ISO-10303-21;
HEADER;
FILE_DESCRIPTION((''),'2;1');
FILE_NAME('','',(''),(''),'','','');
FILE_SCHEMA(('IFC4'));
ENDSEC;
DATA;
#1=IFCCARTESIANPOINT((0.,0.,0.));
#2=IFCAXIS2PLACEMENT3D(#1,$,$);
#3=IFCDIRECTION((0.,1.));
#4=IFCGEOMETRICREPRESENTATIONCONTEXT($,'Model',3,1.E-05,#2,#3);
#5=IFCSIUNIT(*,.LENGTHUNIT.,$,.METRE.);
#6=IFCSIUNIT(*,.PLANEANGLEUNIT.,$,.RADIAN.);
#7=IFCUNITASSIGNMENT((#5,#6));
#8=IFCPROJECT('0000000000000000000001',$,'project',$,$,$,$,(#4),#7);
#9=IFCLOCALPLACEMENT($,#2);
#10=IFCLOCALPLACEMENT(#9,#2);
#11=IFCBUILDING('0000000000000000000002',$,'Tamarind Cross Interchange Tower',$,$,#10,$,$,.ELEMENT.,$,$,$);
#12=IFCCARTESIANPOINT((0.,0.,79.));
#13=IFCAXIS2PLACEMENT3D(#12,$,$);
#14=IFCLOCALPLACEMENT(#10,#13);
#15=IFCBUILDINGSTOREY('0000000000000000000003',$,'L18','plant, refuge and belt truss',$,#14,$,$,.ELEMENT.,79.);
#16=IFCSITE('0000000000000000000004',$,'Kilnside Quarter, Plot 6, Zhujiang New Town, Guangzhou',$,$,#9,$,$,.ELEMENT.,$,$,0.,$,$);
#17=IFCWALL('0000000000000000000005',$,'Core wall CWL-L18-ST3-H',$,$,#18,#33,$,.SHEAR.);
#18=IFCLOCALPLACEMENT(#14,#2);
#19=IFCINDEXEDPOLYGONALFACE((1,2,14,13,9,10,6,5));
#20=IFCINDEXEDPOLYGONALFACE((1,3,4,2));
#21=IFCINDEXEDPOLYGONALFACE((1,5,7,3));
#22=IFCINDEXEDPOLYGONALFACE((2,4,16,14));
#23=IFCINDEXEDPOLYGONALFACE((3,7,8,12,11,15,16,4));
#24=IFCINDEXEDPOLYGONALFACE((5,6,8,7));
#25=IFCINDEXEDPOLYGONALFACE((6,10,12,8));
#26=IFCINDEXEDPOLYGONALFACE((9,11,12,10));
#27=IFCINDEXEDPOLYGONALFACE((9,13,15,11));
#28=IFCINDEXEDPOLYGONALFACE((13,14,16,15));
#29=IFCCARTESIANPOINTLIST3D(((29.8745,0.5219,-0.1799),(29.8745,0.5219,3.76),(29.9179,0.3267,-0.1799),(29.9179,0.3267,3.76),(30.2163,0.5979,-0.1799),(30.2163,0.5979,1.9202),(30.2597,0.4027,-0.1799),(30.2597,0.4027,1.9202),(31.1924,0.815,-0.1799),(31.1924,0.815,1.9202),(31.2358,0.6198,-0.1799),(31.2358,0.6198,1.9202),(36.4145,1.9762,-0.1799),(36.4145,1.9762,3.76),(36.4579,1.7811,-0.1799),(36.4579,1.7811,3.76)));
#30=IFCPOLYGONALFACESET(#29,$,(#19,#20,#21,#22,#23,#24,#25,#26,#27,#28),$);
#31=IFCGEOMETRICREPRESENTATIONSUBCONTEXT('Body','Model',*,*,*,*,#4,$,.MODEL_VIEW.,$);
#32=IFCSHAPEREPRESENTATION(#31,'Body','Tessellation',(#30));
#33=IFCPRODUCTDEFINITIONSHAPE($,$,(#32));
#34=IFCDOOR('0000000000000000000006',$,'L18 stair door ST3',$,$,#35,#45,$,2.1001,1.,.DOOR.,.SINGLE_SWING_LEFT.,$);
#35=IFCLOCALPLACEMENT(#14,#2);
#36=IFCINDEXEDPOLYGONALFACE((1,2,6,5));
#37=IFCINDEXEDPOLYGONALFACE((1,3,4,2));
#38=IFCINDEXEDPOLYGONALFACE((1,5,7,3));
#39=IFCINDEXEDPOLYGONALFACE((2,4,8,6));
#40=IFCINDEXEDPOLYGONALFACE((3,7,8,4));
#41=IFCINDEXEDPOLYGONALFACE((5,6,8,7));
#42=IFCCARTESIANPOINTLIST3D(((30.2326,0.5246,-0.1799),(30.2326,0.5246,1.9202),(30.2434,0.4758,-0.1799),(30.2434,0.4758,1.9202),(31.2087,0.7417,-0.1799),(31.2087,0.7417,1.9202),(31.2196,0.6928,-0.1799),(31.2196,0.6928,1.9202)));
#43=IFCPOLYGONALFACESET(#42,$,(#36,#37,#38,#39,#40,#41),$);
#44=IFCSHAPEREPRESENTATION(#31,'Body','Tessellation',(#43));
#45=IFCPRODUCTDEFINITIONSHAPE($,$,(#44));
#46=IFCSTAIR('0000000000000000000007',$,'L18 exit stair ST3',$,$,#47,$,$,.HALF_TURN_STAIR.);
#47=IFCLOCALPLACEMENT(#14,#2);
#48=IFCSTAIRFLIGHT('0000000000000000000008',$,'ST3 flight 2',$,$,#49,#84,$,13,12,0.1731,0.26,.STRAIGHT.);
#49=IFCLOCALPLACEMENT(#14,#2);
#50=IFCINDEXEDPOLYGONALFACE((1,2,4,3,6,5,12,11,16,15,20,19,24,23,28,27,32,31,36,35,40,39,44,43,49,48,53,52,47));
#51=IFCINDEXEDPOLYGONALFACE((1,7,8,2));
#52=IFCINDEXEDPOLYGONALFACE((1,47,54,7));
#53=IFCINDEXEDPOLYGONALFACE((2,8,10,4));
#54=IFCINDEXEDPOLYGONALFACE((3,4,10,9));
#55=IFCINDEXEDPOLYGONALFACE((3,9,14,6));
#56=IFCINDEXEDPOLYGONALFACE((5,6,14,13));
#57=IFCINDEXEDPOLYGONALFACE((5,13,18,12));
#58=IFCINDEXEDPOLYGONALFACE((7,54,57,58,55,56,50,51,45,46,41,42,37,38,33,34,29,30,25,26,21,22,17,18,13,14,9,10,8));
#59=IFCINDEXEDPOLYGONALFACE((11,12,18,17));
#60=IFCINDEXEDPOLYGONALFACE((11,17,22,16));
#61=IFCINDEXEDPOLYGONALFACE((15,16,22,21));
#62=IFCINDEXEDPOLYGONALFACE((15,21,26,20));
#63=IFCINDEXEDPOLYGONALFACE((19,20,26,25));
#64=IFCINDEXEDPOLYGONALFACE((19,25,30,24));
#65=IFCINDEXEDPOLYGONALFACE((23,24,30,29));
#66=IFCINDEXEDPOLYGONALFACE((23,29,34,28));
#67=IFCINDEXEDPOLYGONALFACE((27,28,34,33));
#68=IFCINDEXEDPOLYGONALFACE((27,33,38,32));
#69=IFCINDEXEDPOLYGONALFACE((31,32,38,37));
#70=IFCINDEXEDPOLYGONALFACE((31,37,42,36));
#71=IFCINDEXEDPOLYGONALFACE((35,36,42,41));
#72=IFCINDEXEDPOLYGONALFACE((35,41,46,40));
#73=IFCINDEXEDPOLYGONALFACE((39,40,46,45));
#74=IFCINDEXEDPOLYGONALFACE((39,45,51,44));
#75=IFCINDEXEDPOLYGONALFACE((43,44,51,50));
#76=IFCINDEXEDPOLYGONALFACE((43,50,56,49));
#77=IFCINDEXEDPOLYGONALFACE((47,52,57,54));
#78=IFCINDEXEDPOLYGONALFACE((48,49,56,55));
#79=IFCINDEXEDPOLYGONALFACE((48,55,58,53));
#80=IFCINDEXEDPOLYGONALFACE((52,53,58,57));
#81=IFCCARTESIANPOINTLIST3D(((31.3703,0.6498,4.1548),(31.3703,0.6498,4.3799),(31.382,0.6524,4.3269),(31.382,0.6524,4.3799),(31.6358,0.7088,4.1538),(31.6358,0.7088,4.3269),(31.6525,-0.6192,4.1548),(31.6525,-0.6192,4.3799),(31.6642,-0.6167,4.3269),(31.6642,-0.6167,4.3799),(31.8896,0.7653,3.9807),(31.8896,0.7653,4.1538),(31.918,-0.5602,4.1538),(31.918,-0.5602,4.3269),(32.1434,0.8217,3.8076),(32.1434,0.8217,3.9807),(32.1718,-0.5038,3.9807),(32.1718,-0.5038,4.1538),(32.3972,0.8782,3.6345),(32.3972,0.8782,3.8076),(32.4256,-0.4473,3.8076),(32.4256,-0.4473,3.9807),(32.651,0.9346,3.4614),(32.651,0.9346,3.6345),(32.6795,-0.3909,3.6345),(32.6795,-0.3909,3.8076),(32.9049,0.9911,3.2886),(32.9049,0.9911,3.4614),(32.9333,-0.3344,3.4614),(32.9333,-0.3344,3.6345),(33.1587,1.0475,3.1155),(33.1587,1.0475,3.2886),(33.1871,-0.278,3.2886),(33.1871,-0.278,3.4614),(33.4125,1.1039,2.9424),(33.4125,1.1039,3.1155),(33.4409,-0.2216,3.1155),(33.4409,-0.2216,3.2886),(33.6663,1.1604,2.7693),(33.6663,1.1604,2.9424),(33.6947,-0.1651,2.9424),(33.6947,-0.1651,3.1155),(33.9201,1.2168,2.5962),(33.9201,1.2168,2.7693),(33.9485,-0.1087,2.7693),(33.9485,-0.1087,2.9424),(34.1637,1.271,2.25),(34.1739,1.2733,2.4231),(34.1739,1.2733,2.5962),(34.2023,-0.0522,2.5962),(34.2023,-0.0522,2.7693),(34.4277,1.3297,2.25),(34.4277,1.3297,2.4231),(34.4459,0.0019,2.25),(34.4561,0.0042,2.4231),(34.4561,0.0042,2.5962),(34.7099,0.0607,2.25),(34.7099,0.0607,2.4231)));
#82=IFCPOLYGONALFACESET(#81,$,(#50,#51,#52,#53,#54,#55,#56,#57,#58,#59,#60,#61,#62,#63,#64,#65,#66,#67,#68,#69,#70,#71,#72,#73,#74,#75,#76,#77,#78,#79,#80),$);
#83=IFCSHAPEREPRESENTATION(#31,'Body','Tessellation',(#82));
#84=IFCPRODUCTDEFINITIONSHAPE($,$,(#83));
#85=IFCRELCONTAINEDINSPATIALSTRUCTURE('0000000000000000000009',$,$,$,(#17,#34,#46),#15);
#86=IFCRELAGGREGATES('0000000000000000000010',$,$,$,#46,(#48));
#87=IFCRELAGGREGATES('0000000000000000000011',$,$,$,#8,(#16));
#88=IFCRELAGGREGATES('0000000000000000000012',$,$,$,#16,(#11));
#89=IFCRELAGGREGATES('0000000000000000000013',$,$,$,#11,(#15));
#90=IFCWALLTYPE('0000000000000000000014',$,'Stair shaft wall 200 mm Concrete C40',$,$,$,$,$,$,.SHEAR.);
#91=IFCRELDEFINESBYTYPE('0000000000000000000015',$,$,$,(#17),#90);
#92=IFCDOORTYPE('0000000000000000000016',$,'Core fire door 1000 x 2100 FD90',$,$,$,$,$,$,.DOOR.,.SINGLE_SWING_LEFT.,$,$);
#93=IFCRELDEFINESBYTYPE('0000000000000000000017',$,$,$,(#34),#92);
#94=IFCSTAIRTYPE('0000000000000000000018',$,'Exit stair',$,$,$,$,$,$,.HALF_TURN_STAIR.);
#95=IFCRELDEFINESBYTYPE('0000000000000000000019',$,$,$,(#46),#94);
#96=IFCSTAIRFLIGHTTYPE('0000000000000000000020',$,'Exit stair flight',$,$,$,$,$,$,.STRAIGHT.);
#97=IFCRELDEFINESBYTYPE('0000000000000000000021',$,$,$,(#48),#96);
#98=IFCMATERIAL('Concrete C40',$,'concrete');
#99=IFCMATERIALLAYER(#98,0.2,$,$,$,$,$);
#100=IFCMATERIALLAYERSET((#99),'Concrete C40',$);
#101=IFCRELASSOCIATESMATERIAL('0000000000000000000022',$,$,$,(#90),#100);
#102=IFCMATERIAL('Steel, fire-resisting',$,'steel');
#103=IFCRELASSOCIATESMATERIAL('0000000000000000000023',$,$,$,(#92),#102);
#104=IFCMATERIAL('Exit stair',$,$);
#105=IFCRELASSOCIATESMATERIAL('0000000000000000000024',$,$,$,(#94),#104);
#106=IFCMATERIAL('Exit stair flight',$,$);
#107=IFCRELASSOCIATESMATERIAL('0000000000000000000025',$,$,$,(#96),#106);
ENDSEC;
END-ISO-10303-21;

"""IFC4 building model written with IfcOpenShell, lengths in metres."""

from ifc_helpers import new_model, si_unit, direction, frame, frame_2d, origin, place, context, subcontext, project, spatial, polyline, rectangle, outline, extrude, material, layer, layer_set, type_object, element, fill, aggregate, save


model = new_model("IFC4")

# Units and contexts
model_context = context("Model", 3, precision=1e-05, world=origin(), true_north=direction((0.0, 1.0)))
body_context = subcontext(model_context, "Body", "Model", "MODEL_VIEW")
ifc_project = project(units=[si_unit("LENGTHUNIT", "METRE"), si_unit("PLANEANGLEUNIT", "RADIAN")], contexts=[model_context])

# Site, building, storey
site_placement = place(None, origin())
site = spatial("IfcSite", under=ifc_project, at=site_placement, Name="Kilnside Quarter, Plot 6, Zhujiang New Town, Guangzhou", CompositionType="ELEMENT", RefElevation=0.0)
building_placement = place(site_placement, origin())
building = spatial("IfcBuilding", under=site, at=building_placement, Name="Tamarind Cross Interchange Tower", CompositionType="ELEMENT")
storey_placement = place(building_placement, frame((0.0, 0.0, 79.0)))
storey = spatial("IfcBuildingStorey", under=building, at=storey_placement, Name="L18", Description="plant, refuge and belt truss", CompositionType="ELEMENT", Elevation=79.0)

# Wall, opening, door
ifc_material_1 = material(Name="Concrete C40", Category="concrete")
ifc_layer_1 = layer(ifc_material_1, 0.2)
ifc_layer_set_1 = layer_set([ifc_layer_1], Name="Concrete C40")
wall_type_1 = type_object("IfcWallType", Name="Stair shaft wall 200 mm Concrete C40", PredefinedType="SHEAR", material=ifc_layer_set_1)
wall_1_placement = place(storey_placement, frame((29.8962, 0.4243, -0.1799), z_axis=(0.0, 0.0, 1.0), x_axis=(0.976155, 0.217073, 0.0)))
wall_1 = element("IfcWall", 1, at=wall_1_placement, inside=storey, type_object=wall_type_1, Name="Core wall CWL-L18-ST3-H", PredefinedType="SHEAR", context=body_context, shape_type="SweptSolid", body=[
    extrude(rectangle(XDim=6.6997, YDim=0.2, at=frame_2d((3.3499, 0.0))), origin(), (0.0, 0.0, 1.0), 3.9399),
])
opening_1_placement = place(wall_1_placement, frame((0.3501, 0.0, 0.0)))
opening_1 = element("IfcOpeningElement", 2, at=opening_1_placement, cuts=wall_1, PredefinedType="OPENING", context=body_context, shape_type="SweptSolid", body=[
    extrude(rectangle(XDim=1.0, YDim=2.1001, at=frame_2d((0.5, 1.05))), frame((0.0, 0.1099, 0.0), z_axis=(0.0, -1.0, 0.0), x_axis=(1.0, 0.0, 0.0)), (0.0, 0.0, 1.0), 0.22),
])
ifc_material_2 = material(Name="Steel, fire-resisting", Category="steel")
door_type_1 = type_object("IfcDoorType", Name="Core fire door 1000 x 2100 FD90", OperationType="SINGLE_SWING_LEFT", PredefinedType="DOOR", material=ifc_material_2)
door_1_placement = place(opening_1_placement, origin())
door_1 = element("IfcDoor", 3, at=door_1_placement, inside=storey, type_object=door_type_1, Name="L18 stair door ST3", OperationType="SINGLE_SWING_LEFT", OverallHeight=2.1001, OverallWidth=1.0, PredefinedType="DOOR", context=body_context, shape_type="SweptSolid", body=[
    extrude(rectangle(XDim=1.0, YDim=2.1001, at=frame_2d((0.5, 1.05))), frame((0.0, 0.0249, 0.0), z_axis=(0.0, -1.0, 0.0), x_axis=(1.0, 0.0, 0.0)), (0.0, 0.0, 1.0), 0.05),
])
fill(opening_1, door_1)

# Stair, stair flight
ifc_material_3 = material(Name="Exit stair")
stair_type = type_object("IfcStairType", Name="Exit stair", PredefinedType="HALF_TURN_STAIR", material=ifc_material_3)
stair_placement = place(storey_placement, origin())
stair = element("IfcStair", 4, at=stair_placement, inside=storey, type_object=stair_type, Name="L18 exit stair ST3", PredefinedType="HALF_TURN_STAIR")
ifc_material_4 = material(Name="Exit stair flight")
stair_flight_type = type_object("IfcStairFlightType", Name="Exit stair flight", PredefinedType="STRAIGHT", material=ifc_material_4)
stair_flight_placement = place(storey_placement, frame((34.5688, 0.6951, 2.25), z_axis=(0.0, 0.0, 1.0), x_axis=(-0.976154, -0.21708, 0.0)))
stair_flight = element("IfcStairFlight", 5, at=stair_flight_placement, type_object=stair_flight_type, Name="ST3 flight 2", NumberOfRisers=13, NumberOfTreads=12, PredefinedType="STRAIGHT", RiserHeight=0.1731, TreadLength=0.26, context=body_context, shape_type="SweptSolid", body=[
    extrude(outline(polyline([(0.0, 0.0), (0.0, 0.1731), (0.26, 0.1731), (0.26, 0.3462), (0.52, 0.3462), (0.52, 0.5193), (0.78, 0.5193), (0.78, 0.6924), (1.04, 0.6924), (1.04, 0.8655), (1.3, 0.8655), (1.3, 1.0386), (1.5601, 1.0386), (1.5601, 1.2114), (1.8201, 1.2114), (1.8201, 1.3845), (2.0801, 1.3845), (2.0801, 1.5576), (2.3401, 1.5576), (2.3401, 1.7307), (2.6001, 1.7307), (2.6001, 1.9038), (2.8601, 1.9038), (2.8601, 2.0769), (3.1201, 2.0769), (3.1201, 2.1299), (3.1321, 2.1299), (3.1321, 1.9048), (0.2705, 0.0), (0.0, 0.0)])), frame((0.0, 0.6499, 0.0), z_axis=(0.0, -1.0, 0.0), x_axis=(1.0, 0.0, 0.0)), (0.0, 0.0, 1.0), 1.3),
])
aggregate(stair, [stair_flight])

save(model, "model.ifc")
